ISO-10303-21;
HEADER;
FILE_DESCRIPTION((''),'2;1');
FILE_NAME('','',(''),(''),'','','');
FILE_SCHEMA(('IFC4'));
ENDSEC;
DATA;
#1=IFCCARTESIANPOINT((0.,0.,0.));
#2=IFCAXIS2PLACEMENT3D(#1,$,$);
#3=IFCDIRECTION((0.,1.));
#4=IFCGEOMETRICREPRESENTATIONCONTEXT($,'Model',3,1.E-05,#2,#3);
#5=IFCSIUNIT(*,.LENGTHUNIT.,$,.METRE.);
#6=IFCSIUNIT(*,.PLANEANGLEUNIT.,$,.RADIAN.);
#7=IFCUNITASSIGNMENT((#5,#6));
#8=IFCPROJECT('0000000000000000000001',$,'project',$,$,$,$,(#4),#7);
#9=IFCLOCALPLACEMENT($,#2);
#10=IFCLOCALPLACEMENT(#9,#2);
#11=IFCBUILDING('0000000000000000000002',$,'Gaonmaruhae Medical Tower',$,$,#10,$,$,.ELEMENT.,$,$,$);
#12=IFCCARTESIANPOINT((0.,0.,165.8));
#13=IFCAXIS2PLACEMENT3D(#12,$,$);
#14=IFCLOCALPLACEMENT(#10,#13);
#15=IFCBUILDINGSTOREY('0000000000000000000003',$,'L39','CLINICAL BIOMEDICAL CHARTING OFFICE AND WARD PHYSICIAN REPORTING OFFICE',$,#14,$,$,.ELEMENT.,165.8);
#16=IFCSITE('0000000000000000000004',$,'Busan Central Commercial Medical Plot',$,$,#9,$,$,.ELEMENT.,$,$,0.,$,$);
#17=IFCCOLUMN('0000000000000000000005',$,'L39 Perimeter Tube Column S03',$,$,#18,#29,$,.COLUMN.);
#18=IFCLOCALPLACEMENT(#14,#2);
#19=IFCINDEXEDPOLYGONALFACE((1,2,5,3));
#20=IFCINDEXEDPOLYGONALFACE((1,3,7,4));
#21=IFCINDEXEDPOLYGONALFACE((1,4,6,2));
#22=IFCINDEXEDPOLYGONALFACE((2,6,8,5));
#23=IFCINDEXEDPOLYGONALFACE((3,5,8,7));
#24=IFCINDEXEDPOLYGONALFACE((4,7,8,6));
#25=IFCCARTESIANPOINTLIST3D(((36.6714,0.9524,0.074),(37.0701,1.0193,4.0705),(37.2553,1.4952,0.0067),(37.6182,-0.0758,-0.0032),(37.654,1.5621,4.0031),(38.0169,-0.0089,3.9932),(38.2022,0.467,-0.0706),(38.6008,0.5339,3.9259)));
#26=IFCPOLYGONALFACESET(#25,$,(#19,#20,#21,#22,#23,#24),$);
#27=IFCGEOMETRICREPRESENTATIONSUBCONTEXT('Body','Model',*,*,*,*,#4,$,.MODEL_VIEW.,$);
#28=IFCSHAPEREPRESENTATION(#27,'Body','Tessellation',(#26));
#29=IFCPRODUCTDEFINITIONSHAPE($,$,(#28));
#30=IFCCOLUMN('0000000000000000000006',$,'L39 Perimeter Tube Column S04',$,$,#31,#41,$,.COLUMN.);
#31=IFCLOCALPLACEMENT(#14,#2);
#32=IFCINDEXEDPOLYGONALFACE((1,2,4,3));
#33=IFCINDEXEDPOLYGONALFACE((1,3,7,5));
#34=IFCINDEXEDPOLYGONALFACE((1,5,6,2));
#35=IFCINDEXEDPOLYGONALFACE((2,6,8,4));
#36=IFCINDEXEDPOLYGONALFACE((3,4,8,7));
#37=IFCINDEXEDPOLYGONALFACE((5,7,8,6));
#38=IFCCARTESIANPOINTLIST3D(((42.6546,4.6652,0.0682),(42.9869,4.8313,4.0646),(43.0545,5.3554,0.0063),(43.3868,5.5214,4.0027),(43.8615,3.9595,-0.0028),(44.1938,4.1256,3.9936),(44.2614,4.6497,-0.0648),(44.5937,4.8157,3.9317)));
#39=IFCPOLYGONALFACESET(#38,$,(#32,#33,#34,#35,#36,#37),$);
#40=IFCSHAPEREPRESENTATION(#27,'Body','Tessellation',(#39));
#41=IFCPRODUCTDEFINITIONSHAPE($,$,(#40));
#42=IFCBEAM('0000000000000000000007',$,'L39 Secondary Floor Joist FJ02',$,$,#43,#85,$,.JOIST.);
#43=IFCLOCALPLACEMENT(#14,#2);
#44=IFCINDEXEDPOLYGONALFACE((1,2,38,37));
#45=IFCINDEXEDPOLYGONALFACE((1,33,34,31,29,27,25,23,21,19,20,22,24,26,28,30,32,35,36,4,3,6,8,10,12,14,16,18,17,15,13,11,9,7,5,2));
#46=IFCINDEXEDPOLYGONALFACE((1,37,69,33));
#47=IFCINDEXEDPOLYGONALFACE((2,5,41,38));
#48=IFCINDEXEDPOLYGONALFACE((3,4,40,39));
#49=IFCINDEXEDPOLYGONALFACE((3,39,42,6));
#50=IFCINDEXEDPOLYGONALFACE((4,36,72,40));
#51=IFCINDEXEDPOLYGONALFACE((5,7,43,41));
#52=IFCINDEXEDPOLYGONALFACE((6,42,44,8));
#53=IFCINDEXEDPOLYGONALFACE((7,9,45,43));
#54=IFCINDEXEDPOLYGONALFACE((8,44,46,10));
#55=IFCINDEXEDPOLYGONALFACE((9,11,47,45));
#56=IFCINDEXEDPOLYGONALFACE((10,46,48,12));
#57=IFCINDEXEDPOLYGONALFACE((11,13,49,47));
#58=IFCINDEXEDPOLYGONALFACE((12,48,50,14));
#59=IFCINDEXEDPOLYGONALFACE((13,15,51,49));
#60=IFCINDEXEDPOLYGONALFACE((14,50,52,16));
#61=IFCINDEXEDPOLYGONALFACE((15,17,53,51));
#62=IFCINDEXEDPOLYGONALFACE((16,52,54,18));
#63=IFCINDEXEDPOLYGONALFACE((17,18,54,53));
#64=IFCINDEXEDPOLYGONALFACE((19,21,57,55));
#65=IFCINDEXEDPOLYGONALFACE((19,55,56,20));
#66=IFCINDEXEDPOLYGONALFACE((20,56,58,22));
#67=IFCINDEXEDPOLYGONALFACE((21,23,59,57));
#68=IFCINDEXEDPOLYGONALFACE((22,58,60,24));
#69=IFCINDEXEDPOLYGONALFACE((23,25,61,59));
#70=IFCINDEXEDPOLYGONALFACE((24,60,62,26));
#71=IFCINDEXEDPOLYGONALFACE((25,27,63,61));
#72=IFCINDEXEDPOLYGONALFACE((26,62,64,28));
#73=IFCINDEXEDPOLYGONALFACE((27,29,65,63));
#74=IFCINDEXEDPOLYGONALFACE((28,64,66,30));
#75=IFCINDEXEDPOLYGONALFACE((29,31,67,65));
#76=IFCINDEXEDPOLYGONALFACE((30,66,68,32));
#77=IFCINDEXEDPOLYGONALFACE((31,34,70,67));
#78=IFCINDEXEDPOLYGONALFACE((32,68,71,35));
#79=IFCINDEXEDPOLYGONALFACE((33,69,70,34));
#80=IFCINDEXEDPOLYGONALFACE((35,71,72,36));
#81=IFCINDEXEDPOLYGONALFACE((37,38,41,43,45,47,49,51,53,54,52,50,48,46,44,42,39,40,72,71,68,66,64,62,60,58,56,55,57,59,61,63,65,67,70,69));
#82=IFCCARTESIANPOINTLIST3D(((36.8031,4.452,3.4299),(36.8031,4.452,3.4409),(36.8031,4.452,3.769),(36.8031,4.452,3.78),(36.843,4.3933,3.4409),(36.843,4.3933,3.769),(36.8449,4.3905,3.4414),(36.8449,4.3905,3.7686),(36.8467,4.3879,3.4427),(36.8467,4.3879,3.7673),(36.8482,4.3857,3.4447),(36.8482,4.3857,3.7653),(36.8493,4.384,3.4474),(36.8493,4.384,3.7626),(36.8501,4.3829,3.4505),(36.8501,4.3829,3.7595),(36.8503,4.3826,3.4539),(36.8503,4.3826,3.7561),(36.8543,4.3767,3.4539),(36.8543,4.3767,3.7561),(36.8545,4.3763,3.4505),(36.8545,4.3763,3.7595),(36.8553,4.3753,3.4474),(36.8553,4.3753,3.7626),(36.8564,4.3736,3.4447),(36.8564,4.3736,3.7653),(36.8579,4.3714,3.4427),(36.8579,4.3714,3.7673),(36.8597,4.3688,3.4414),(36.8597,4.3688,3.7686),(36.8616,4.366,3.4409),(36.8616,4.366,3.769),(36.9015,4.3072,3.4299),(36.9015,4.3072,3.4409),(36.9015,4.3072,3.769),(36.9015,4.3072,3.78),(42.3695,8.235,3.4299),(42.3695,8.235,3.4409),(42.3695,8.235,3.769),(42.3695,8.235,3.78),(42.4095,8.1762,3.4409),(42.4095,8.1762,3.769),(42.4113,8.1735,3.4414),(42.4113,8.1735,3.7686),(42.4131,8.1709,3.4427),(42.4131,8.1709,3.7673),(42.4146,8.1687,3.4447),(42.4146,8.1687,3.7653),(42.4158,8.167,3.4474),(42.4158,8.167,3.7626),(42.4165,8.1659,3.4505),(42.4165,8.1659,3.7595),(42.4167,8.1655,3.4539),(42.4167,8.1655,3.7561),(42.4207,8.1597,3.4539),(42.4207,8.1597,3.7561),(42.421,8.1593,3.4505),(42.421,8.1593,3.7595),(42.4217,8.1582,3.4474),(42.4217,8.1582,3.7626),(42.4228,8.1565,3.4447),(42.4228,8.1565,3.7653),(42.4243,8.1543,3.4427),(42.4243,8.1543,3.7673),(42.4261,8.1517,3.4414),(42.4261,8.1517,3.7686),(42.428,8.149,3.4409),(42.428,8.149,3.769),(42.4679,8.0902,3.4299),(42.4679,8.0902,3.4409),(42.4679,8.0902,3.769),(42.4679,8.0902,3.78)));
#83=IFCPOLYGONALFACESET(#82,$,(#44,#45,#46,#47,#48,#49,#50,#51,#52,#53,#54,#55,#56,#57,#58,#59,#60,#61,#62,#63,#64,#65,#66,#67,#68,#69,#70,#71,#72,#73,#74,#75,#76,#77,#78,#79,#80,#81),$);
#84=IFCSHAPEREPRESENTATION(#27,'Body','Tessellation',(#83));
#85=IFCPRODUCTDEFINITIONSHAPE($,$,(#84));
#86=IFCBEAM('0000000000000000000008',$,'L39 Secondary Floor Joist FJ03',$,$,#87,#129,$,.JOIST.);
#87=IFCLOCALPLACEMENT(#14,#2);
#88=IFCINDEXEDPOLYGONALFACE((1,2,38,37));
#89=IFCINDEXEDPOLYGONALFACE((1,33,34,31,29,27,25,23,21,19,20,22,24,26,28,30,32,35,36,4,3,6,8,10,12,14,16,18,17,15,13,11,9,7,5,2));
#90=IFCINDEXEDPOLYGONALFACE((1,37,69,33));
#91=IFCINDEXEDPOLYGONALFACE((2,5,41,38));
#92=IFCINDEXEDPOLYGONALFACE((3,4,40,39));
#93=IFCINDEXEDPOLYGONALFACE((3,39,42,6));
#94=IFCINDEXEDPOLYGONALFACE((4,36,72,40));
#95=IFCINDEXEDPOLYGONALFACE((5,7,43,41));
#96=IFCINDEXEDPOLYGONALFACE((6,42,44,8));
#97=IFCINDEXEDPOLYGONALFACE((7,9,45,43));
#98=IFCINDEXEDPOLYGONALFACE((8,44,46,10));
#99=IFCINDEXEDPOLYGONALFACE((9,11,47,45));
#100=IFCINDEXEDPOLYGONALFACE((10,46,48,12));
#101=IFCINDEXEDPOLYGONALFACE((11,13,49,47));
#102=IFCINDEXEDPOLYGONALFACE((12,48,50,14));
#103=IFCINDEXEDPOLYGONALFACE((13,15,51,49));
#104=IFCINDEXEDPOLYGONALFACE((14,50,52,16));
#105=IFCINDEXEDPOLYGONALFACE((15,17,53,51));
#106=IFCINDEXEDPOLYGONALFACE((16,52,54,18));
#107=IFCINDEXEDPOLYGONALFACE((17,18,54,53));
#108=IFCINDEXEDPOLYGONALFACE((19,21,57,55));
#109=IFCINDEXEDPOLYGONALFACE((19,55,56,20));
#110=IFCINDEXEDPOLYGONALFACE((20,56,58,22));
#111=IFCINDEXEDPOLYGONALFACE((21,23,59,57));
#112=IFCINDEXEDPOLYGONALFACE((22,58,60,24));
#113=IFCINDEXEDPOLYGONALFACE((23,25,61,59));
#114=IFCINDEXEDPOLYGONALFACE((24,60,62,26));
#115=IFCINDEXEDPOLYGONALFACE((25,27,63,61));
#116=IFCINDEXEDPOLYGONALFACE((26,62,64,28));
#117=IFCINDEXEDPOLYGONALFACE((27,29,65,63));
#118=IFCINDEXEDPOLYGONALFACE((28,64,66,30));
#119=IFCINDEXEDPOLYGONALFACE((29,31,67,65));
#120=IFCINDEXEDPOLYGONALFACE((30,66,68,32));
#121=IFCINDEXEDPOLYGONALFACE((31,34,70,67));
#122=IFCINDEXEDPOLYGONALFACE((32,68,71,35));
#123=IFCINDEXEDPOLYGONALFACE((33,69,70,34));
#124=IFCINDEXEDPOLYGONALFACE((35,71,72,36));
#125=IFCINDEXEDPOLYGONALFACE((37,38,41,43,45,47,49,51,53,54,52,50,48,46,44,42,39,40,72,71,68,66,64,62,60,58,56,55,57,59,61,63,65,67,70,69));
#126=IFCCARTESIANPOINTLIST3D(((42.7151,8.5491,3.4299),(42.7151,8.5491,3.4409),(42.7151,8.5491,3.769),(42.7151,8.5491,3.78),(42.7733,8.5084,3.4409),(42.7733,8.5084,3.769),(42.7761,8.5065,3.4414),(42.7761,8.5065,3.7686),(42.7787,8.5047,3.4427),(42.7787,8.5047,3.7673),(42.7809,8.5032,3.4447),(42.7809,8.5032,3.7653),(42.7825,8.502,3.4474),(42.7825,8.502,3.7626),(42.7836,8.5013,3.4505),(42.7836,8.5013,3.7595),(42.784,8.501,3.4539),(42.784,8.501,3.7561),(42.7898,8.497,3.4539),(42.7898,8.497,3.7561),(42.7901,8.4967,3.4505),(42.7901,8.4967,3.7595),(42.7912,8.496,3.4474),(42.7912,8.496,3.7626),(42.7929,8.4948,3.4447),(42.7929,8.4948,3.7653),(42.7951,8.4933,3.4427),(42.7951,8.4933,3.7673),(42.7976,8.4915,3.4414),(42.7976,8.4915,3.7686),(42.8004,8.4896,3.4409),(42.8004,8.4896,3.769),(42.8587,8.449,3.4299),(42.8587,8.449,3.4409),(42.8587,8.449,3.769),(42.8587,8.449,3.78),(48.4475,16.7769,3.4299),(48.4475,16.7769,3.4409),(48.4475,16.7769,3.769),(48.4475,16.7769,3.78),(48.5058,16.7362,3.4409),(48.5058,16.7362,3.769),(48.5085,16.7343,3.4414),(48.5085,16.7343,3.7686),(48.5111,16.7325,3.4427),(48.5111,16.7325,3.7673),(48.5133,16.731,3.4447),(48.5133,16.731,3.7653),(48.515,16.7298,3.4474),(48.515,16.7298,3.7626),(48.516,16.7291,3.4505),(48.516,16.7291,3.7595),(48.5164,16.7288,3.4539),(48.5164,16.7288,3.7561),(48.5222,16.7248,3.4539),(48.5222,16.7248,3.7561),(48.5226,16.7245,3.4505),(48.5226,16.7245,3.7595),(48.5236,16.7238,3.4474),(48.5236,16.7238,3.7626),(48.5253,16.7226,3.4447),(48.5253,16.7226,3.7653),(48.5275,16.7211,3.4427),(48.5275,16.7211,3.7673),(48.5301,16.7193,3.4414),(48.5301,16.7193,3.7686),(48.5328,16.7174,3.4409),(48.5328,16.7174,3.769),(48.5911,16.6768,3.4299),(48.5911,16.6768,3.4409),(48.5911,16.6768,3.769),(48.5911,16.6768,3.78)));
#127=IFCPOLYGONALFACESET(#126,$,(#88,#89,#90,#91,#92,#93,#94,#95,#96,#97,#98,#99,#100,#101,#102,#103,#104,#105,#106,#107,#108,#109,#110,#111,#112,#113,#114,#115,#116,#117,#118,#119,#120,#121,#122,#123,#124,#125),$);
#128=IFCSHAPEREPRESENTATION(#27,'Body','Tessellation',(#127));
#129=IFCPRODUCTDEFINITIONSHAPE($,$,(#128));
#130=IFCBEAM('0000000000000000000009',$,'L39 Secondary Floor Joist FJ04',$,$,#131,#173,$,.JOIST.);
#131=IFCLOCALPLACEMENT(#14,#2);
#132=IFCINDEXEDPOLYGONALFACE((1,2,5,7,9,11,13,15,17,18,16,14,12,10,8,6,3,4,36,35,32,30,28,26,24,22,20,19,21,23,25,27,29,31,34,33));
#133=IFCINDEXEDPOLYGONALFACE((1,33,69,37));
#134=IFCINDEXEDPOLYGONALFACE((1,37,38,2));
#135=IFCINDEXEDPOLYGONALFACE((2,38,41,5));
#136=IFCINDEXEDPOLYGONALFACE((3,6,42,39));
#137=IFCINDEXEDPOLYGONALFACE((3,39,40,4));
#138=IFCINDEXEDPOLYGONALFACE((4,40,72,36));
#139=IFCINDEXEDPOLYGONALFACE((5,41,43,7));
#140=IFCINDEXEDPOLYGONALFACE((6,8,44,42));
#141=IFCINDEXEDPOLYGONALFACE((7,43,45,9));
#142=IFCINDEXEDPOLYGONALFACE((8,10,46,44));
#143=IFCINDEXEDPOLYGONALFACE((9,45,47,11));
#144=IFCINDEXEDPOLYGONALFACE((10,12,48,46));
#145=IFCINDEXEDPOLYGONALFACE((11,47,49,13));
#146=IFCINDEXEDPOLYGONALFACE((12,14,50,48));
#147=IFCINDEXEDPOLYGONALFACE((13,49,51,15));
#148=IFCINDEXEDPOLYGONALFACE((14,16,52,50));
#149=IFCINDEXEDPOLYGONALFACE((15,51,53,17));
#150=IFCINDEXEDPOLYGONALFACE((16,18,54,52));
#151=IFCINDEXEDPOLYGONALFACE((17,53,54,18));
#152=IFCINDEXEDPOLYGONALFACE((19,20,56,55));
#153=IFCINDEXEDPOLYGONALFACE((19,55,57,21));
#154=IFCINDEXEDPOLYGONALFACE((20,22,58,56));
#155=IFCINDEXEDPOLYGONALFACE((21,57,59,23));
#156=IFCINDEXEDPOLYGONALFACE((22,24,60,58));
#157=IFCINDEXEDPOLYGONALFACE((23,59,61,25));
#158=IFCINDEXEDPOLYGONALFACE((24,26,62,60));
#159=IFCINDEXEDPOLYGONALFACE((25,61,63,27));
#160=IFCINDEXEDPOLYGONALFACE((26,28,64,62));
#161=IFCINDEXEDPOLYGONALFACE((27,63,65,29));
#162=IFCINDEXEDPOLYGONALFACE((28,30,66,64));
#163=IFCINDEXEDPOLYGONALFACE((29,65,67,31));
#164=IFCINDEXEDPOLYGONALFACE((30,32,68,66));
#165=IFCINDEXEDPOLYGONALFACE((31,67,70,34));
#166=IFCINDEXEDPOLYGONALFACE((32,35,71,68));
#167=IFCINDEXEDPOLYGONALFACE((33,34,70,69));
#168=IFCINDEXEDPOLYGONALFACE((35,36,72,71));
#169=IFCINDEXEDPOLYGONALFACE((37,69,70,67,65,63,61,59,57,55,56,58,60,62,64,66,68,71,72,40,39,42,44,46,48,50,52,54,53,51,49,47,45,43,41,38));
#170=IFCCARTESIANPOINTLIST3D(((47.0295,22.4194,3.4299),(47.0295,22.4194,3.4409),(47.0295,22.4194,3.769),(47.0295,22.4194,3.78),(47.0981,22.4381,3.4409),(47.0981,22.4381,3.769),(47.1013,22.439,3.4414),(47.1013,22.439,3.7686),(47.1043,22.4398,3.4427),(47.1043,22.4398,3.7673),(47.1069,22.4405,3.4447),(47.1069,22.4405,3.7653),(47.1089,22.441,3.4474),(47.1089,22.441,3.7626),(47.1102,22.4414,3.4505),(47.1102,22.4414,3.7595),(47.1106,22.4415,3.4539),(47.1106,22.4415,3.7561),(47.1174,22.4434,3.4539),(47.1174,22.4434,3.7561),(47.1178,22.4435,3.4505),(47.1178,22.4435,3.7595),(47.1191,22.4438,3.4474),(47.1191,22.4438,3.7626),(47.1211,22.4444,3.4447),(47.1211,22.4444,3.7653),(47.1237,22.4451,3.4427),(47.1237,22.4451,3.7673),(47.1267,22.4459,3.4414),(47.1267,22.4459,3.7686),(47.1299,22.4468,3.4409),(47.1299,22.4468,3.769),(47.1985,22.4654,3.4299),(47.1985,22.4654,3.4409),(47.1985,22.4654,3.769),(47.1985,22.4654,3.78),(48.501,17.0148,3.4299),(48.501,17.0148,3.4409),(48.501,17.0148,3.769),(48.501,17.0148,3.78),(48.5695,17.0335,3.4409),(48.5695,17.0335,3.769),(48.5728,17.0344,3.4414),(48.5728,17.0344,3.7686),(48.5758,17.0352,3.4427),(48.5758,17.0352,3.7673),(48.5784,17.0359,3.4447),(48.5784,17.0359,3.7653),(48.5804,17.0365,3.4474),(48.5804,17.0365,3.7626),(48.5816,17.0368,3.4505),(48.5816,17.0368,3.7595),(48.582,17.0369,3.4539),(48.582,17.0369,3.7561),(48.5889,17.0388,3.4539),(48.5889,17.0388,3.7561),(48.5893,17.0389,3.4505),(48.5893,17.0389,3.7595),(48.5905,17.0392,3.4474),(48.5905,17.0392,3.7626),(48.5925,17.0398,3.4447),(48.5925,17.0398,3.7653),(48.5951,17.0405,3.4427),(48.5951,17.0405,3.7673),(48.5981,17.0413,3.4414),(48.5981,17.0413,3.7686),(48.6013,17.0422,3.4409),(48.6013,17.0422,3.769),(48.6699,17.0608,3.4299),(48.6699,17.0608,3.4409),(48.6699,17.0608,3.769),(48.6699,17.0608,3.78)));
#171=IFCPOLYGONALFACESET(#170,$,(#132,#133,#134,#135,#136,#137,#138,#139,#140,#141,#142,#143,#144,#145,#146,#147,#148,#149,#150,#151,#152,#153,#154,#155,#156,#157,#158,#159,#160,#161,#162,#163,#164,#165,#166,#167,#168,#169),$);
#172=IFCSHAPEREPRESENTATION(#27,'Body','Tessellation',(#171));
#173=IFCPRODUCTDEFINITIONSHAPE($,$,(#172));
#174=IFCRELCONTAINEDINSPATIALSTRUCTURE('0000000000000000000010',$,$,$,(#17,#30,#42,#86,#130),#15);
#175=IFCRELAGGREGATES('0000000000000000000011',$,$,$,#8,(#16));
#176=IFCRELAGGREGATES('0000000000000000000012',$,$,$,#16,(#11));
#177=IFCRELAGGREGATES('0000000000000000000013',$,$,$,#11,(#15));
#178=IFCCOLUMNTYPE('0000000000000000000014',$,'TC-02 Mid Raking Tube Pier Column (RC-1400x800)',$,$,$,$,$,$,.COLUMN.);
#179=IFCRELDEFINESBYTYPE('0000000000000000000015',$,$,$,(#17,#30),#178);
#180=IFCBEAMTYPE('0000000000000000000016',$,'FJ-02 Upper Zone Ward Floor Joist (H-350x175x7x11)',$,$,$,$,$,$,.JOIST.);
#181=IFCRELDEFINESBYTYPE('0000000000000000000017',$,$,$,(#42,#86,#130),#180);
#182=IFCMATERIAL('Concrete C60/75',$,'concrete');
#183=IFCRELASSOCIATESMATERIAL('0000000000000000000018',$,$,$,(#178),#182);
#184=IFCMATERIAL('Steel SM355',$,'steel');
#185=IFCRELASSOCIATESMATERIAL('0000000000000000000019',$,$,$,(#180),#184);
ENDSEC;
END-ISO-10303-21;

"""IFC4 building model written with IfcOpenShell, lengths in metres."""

from ifc_helpers import new_model, si_unit, direction, frame, origin, origin_2d, place, context, subcontext, project, spatial, rectangle, i_section, extrude, material, material_profile, profile_set, type_object, element, save


model = new_model("IFC4")

# Units and contexts
model_context = context("Model", 3, precision=1e-05, world=origin(), true_north=direction((0.0, 1.0)))
body_context = subcontext(model_context, "Body", "Model", "MODEL_VIEW")
ifc_project = project(units=[si_unit("LENGTHUNIT", "METRE"), si_unit("PLANEANGLEUNIT", "RADIAN")], contexts=[model_context])

# Site, building, storey
site_placement = place(None, origin())
site = spatial("IfcSite", under=ifc_project, at=site_placement, Name="Busan Central Commercial Medical Plot", CompositionType="ELEMENT", RefElevation=0.0)
building_placement = place(site_placement, origin())
building = spatial("IfcBuilding", under=site, at=building_placement, Name="Gaonmaruhae Medical Tower", CompositionType="ELEMENT")
storey_placement = place(building_placement, frame((0.0, 0.0, 165.8)))
storey = spatial("IfcBuildingStorey", under=building, at=storey_placement, Name="L39", Description="CLINICAL BIOMEDICAL CHARTING OFFICE AND WARD PHYSICIAN REPORTING OFFICE", CompositionType="ELEMENT", Elevation=165.8)

# Columns
ifc_material_1 = material(Name="Concrete C60/75", Category="concrete")
ifc_material_profile_1 = material_profile(ifc_material_1, rectangle(XDim=1.3999, YDim=0.8, at=origin_2d()), Name="RC-1400x800")
ifc_profile_set_1 = profile_set([ifc_material_profile_1], Name="Concrete C60/75")
column_type = type_object("IfcColumnType", Name="TC-02 Mid Raking Tube Pier Column (RC-1400x800)", PredefinedType="COLUMN", material=ifc_profile_set_1)
column_1_placement = place(storey_placement, frame((37.4368, 0.7097, 0.0017), z_axis=(0.099255, 0.016654, 0.994923), x_axis=(-0.676374, 0.734488, 0.055182)))
element("IfcColumn", 1, at=column_1_placement, inside=storey, type_object=column_type, Name="L39 Perimeter Tube Column S03", PredefinedType="COLUMN", context=body_context, shape_type="SweptSolid", body=[
    extrude(rectangle(XDim=1.3999, YDim=0.8, at=origin_2d()), origin(), (0.0, 0.0, 1.0), 4.0168),
])
column_2_placement = place(storey_placement, frame((43.458, 4.6575, 0.0017), z_axis=(0.082788, 0.041364, 0.995708), x_axis=(-0.862154, 0.504099, 0.050743)))
element("IfcColumn", 2, at=column_2_placement, inside=storey, type_object=column_type, Name="L39 Perimeter Tube Column S04", PredefinedType="COLUMN", context=body_context, shape_type="SweptSolid", body=[
    extrude(rectangle(XDim=1.3999, YDim=0.8, at=origin_2d()), origin(), (0.0, 0.0, 1.0), 4.0137),
])

# Beams
ifc_material_2 = material(Name="Steel SM355", Category="steel")
ifc_material_profile_2 = material_profile(ifc_material_2, i_section(OverallWidth=0.175, OverallDepth=0.3501, WebThickness=0.0071, FlangeThickness=0.011, FilletRadius=0.0129, at=origin_2d()), Name="H-350x175x7x11")
ifc_profile_set_2 = profile_set([ifc_material_profile_2], Name="Steel SM355")
beam_type_1 = type_object("IfcBeamType", Name="FJ-02 Upper Zone Ward Floor Joist (H-350x175x7x11)", PredefinedType="JOIST", material=ifc_profile_set_2)
beam_1_placement = place(storey_placement, frame((36.8523, 4.3796, 3.605), z_axis=(0.827078, 0.562087, 0.0), x_axis=(-0.562087, 0.827078, 0.0)))
element("IfcBeam", 3, at=beam_1_placement, inside=storey, type_object=beam_type_1, Name="L39 Secondary Floor Joist FJ02", PredefinedType="JOIST", context=body_context, shape_type="SweptSolid", body=[
    extrude(i_section(OverallWidth=0.175, OverallDepth=0.3501, WebThickness=0.0071, FlangeThickness=0.011, FilletRadius=0.0129, at=origin_2d()), origin(), (0.0, 0.0, 1.0), 6.7302),
])
beam_2_placement = place(storey_placement, frame((42.7869, 8.499, 3.605), z_axis=(0.571652, 0.820496, 0.0), x_axis=(-0.820496, 0.571652, 0.0)))
element("IfcBeam", 4, at=beam_2_placement, inside=storey, type_object=beam_type_1, Name="L39 Secondary Floor Joist FJ03", PredefinedType="JOIST", context=body_context, shape_type="SweptSolid", body=[
    extrude(i_section(OverallWidth=0.175, OverallDepth=0.3501, WebThickness=0.0071, FlangeThickness=0.011, FilletRadius=0.0129, at=origin_2d()), origin(), (0.0, 0.0, 1.0), 10.0278),
])
beam_3_placement = place(storey_placement, frame((48.5854, 17.0378, 3.605), z_axis=(-0.262697, 0.964878, 0.0), x_axis=(-0.964878, -0.262697, 0.0)))
element("IfcBeam", 5, at=beam_3_placement, inside=storey, type_object=beam_type_1, Name="L39 Secondary Floor Joist FJ04", PredefinedType="JOIST", context=body_context, shape_type="SweptSolid", body=[
    extrude(i_section(OverallWidth=0.175, OverallDepth=0.3501, WebThickness=0.0071, FlangeThickness=0.011, FilletRadius=0.0129, at=origin_2d()), origin(), (0.0, 0.0, 1.0), 5.6013),
])

save(model, "model.ifc")
